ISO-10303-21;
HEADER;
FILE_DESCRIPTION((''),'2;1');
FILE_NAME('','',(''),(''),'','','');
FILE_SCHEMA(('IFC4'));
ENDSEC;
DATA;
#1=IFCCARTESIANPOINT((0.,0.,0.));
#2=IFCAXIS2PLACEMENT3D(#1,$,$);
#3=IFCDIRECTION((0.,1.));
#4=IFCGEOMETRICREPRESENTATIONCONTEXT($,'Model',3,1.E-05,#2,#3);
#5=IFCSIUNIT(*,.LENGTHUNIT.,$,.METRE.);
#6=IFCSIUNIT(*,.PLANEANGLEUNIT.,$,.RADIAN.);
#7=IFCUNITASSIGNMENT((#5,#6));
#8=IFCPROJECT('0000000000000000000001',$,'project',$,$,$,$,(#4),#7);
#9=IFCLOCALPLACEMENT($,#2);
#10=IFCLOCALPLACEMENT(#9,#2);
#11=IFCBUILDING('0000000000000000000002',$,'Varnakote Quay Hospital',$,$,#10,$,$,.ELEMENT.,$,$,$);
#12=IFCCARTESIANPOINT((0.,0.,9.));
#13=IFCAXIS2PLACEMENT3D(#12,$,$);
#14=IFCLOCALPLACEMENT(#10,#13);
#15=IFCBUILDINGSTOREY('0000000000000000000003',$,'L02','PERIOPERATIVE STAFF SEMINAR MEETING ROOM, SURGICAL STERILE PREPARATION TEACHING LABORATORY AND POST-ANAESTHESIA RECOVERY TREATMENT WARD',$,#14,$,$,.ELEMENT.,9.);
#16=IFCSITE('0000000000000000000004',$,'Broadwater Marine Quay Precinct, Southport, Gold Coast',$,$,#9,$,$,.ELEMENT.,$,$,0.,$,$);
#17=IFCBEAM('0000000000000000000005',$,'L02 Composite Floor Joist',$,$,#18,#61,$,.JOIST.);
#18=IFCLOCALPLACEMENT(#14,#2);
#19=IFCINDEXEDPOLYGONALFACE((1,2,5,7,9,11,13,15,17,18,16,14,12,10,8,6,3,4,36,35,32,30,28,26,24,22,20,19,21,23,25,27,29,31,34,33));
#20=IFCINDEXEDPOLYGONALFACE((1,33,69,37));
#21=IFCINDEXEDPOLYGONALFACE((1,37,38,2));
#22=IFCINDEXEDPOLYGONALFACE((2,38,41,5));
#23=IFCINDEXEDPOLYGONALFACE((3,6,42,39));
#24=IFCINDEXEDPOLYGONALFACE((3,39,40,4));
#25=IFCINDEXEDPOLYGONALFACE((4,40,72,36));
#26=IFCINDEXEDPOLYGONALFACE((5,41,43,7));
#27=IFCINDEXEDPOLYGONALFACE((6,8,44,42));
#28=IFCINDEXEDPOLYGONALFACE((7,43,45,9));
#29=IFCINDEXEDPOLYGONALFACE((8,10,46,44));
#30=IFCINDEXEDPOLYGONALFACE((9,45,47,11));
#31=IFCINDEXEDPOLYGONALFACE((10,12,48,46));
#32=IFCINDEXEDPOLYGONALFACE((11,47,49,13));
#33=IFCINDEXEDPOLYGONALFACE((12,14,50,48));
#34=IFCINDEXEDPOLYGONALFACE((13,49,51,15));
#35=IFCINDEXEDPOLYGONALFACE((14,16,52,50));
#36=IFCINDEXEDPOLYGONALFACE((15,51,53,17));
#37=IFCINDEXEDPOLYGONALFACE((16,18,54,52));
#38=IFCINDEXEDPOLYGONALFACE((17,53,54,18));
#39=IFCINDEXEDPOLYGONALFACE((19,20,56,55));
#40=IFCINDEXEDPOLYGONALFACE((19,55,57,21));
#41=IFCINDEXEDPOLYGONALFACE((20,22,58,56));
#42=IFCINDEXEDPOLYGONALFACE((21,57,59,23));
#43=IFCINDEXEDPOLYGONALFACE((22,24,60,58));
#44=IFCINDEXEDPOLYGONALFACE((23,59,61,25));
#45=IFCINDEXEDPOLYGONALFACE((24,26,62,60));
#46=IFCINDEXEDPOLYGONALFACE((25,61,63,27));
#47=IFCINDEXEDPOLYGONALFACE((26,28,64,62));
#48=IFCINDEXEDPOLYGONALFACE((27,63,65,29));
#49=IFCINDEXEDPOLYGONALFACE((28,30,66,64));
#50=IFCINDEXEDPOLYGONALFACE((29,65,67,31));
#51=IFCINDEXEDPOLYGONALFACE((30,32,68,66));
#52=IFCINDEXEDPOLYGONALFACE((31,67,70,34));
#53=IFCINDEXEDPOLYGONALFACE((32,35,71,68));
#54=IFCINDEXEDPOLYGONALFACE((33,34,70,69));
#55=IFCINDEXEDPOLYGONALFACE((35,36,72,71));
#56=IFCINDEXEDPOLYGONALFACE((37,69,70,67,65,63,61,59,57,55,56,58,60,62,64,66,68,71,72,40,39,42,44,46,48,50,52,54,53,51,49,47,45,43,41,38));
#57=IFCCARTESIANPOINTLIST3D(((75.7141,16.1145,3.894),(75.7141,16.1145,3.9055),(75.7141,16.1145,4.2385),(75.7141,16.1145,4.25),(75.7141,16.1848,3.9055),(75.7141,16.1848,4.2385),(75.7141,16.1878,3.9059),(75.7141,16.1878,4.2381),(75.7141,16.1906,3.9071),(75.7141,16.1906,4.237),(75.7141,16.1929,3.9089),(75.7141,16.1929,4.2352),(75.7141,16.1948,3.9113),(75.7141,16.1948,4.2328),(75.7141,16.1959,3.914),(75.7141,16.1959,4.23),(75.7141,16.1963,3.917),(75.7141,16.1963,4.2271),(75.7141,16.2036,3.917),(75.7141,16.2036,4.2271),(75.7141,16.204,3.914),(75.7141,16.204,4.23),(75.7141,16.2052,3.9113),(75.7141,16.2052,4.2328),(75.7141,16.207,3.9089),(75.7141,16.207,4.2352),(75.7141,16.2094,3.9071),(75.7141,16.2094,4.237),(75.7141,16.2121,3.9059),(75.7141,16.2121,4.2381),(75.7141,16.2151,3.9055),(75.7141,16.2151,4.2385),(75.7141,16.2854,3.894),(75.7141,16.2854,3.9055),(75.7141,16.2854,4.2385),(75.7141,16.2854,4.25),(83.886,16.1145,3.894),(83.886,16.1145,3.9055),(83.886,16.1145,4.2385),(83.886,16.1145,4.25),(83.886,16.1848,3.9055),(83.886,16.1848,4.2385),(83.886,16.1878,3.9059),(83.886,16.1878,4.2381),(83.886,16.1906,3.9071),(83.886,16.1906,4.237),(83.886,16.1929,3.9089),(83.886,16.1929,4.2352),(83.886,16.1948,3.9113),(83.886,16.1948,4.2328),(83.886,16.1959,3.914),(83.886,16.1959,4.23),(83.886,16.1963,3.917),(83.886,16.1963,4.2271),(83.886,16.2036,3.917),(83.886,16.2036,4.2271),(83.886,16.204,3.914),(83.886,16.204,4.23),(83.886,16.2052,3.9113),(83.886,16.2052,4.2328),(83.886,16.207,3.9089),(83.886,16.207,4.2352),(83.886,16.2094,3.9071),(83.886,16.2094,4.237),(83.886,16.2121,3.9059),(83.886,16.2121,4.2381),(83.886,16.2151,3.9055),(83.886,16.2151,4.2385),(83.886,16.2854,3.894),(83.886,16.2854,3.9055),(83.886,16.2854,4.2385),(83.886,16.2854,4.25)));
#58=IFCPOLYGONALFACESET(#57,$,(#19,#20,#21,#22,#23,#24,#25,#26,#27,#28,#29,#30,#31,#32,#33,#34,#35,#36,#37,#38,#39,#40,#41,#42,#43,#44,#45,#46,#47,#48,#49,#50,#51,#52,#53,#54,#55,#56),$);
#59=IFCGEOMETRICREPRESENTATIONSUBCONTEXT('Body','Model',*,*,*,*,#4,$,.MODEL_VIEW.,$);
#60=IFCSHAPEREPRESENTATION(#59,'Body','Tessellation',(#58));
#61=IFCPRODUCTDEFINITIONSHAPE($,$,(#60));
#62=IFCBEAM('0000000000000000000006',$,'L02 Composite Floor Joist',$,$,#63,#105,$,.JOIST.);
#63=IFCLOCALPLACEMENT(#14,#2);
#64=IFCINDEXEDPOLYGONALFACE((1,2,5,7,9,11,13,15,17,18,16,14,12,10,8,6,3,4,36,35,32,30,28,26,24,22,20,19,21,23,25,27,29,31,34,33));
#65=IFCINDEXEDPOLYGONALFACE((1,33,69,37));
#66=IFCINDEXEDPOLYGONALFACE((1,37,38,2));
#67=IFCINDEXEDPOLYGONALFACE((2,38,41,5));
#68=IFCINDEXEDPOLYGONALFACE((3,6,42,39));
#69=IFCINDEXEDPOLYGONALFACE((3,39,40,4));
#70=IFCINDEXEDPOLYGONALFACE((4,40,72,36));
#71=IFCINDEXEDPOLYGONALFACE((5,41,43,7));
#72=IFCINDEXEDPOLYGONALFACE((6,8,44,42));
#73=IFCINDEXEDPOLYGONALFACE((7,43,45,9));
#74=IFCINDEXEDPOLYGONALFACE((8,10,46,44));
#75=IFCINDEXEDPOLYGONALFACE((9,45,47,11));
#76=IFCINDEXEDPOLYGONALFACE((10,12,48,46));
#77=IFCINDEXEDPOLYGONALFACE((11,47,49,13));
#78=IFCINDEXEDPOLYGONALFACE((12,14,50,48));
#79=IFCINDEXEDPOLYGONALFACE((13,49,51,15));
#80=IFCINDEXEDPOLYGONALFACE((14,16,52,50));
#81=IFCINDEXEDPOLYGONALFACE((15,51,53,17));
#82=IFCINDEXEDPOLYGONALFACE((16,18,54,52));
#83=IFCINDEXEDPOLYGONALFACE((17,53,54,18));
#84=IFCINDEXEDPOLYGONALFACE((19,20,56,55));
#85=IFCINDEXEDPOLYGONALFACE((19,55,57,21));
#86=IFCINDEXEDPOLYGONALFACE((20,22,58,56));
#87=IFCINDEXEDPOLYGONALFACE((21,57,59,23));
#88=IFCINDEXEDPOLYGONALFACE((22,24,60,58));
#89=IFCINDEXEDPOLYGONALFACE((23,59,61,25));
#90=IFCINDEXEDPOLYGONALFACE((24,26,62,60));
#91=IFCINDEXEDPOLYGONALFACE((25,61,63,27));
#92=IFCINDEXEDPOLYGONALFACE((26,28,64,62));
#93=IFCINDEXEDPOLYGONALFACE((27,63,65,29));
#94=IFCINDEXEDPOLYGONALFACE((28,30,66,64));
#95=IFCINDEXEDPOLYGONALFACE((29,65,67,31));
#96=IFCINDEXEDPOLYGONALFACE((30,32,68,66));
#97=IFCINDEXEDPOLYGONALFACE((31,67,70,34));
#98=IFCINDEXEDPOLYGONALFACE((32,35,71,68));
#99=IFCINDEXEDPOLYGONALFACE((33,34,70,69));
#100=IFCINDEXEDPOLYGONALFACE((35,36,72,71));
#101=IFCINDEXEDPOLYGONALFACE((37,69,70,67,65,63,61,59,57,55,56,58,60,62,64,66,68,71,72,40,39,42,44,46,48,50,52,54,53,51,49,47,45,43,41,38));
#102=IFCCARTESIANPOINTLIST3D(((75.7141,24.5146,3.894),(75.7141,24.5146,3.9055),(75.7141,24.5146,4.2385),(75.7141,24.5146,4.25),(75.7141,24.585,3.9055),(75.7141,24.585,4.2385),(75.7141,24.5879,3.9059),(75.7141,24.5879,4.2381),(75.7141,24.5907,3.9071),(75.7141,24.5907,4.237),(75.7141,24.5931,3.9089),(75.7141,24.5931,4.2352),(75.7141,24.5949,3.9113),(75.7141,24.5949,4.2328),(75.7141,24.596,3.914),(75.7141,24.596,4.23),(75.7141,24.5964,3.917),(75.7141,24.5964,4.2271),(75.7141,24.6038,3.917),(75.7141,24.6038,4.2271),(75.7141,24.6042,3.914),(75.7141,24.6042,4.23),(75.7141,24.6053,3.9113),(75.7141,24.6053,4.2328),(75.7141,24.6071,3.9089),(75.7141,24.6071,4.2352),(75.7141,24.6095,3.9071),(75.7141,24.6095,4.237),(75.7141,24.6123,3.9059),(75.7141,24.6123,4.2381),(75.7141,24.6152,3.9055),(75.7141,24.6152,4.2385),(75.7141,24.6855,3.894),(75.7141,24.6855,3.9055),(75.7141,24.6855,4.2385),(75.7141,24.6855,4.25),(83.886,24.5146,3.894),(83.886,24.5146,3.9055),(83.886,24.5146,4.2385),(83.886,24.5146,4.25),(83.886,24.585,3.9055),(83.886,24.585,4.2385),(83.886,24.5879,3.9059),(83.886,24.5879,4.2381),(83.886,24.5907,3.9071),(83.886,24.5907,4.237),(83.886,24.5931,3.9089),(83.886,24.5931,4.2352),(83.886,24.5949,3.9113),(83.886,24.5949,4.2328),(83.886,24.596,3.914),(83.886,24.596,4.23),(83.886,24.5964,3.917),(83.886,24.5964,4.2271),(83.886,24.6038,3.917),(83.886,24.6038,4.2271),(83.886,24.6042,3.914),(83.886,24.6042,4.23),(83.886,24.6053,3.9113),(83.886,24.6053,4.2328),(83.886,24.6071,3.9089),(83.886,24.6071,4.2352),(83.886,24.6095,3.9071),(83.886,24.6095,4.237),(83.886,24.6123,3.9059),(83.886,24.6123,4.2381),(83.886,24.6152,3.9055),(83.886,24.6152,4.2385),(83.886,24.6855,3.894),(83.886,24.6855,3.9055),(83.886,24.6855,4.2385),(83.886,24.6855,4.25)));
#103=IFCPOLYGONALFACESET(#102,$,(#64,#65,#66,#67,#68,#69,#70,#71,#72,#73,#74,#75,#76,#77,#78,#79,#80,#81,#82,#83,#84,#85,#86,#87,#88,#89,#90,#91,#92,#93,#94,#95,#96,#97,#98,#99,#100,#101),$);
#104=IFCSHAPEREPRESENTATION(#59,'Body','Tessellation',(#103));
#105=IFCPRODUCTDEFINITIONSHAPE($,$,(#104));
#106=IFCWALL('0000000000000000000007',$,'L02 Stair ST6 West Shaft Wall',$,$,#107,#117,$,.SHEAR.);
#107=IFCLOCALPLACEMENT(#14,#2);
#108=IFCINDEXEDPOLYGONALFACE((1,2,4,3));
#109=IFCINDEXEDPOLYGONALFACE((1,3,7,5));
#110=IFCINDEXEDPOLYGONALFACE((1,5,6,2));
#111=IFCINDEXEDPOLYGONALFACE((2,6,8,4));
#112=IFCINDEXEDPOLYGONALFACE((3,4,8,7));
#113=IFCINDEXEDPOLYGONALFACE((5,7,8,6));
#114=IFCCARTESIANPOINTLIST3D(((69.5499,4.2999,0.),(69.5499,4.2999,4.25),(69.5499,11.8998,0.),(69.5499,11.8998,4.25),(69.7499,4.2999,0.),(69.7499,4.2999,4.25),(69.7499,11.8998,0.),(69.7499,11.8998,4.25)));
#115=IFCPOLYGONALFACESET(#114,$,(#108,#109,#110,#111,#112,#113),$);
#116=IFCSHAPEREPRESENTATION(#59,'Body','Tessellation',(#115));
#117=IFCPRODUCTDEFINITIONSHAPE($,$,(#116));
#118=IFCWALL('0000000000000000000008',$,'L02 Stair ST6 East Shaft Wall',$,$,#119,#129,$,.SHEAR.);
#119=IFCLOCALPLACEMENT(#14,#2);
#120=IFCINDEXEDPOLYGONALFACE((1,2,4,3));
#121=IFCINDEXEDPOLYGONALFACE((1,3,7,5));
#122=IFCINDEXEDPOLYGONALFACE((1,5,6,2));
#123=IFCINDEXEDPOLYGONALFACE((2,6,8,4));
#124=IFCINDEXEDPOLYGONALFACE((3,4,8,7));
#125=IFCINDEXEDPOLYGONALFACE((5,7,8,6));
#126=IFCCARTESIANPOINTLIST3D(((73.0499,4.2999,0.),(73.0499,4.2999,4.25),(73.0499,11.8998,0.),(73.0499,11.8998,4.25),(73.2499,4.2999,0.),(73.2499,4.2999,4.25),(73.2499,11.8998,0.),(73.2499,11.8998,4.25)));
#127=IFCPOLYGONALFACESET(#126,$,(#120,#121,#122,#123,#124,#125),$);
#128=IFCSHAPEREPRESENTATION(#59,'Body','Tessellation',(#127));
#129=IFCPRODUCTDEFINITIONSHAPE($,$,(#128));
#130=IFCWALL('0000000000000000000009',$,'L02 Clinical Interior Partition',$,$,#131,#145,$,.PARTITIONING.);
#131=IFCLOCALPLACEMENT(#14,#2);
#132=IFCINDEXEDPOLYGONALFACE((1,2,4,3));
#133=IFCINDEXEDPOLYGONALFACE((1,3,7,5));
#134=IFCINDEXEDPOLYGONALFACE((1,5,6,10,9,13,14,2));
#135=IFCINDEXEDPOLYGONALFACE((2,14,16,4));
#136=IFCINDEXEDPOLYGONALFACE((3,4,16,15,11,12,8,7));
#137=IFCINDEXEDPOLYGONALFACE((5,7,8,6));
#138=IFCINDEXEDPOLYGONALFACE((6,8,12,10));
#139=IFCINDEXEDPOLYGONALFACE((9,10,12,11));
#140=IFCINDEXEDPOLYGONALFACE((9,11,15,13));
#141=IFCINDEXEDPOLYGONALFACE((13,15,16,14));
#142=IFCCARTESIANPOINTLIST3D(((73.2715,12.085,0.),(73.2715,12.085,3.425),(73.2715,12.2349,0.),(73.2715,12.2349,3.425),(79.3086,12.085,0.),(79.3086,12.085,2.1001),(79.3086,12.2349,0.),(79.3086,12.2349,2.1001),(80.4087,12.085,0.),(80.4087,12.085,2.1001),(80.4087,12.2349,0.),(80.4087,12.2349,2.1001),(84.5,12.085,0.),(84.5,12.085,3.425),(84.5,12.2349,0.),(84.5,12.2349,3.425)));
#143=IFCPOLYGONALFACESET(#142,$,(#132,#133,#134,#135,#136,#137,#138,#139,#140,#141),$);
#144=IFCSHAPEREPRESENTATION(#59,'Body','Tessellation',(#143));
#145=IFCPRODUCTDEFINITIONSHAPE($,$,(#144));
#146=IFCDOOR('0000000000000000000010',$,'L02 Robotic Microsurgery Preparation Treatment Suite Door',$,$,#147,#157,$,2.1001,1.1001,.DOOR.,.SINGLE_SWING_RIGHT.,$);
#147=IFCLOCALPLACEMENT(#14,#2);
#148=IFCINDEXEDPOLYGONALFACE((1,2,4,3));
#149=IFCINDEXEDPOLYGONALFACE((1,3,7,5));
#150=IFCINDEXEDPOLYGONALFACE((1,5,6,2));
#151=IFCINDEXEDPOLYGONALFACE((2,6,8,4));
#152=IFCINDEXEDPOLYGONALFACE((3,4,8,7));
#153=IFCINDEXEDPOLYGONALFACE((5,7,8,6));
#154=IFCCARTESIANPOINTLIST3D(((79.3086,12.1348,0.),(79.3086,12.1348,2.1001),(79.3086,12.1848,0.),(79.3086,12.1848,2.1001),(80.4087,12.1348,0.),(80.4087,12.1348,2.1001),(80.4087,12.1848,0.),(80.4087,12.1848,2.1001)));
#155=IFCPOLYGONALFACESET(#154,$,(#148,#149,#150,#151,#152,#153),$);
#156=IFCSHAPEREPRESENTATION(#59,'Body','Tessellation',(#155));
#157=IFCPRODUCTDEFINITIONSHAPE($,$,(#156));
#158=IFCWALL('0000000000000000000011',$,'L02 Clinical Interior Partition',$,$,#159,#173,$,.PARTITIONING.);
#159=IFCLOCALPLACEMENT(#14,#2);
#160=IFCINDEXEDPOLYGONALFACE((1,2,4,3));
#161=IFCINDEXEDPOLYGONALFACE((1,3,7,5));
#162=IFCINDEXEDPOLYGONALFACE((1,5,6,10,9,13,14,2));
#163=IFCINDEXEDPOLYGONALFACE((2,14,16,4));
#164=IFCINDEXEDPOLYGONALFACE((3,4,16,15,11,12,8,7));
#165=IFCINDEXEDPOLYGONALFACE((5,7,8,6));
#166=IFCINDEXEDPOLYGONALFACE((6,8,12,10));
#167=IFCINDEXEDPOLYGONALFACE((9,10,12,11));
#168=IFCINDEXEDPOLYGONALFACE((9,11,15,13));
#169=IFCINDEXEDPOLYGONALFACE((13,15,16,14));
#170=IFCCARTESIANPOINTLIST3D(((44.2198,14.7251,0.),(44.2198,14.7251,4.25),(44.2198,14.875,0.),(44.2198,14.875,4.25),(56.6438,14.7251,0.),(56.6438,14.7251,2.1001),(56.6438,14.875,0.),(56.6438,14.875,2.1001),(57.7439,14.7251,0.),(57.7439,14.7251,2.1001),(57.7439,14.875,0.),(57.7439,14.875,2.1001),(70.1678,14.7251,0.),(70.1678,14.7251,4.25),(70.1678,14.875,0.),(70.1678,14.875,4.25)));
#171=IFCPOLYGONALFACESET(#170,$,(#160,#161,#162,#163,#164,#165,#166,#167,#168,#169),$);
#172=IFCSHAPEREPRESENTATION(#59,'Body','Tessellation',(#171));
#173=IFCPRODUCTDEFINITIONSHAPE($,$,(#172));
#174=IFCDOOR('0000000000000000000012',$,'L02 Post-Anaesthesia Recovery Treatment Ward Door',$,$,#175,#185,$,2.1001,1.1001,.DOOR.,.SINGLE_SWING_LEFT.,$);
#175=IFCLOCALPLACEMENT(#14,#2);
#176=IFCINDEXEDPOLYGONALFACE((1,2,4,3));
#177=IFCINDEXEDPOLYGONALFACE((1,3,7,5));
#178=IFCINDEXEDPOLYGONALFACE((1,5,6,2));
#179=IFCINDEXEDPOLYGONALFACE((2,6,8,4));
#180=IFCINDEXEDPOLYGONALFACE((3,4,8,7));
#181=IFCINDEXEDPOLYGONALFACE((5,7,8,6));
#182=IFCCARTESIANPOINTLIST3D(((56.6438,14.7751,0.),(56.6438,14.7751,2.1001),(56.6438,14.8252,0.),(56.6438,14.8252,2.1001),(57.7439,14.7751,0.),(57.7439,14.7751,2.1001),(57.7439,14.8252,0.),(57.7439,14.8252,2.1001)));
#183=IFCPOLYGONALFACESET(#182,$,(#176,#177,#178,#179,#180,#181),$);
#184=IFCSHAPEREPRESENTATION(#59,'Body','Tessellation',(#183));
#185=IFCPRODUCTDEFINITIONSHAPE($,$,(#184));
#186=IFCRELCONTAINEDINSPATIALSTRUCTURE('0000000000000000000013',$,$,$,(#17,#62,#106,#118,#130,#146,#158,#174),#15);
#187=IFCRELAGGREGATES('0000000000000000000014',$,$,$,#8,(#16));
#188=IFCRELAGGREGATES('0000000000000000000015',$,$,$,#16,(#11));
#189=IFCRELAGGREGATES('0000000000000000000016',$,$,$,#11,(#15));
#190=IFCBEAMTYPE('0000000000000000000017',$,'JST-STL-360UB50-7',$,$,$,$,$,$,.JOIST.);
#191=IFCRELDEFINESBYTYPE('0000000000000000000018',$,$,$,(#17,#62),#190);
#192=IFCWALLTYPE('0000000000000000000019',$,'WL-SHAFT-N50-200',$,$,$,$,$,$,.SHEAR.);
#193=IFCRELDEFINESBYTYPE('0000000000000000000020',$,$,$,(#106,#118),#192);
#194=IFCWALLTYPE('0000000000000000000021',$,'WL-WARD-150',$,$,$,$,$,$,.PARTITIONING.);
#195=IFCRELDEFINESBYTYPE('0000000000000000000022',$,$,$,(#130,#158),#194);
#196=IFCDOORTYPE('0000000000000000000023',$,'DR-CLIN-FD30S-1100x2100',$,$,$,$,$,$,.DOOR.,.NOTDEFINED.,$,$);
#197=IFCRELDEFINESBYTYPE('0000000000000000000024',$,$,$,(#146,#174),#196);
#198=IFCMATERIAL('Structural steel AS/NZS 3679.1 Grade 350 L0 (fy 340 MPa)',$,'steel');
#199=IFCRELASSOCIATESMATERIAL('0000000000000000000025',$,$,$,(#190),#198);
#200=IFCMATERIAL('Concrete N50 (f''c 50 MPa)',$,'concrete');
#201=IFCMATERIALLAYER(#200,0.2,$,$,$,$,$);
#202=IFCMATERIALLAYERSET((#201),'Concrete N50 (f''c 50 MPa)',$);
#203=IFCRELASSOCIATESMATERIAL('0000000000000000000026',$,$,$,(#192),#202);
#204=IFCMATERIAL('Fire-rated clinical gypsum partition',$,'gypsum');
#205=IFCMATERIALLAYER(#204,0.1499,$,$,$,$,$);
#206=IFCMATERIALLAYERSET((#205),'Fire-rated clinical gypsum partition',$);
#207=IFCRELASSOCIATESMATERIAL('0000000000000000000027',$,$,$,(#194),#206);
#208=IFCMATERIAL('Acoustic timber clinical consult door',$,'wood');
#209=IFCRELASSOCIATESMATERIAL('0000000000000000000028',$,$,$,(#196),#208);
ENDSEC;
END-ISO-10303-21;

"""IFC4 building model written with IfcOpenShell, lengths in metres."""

from ifc_helpers import new_model, si_unit, direction, frame, frame_2d, origin, origin_2d, place, context, subcontext, project, spatial, rectangle, i_section, extrude, material, layer, layer_set, material_profile, profile_set, type_object, element, fill, save


model = new_model("IFC4")

# Units and contexts
model_context = context("Model", 3, precision=1e-05, world=origin(), true_north=direction((0.0, 1.0)))
body_context = subcontext(model_context, "Body", "Model", "MODEL_VIEW")
ifc_project = project(units=[si_unit("LENGTHUNIT", "METRE"), si_unit("PLANEANGLEUNIT", "RADIAN")], contexts=[model_context])

# Site, building, storey
site_placement = place(None, origin())
site = spatial("IfcSite", under=ifc_project, at=site_placement, Name="Broadwater Marine Quay Precinct, Southport, Gold Coast", CompositionType="ELEMENT", RefElevation=0.0)
building_placement = place(site_placement, origin())
building = spatial("IfcBuilding", under=site, at=building_placement, Name="Varnakote Quay Hospital", CompositionType="ELEMENT")
storey_placement = place(building_placement, frame((0.0, 0.0, 9.0)))
storey = spatial("IfcBuildingStorey", under=building, at=storey_placement, Name="L02", Description="PERIOPERATIVE STAFF SEMINAR MEETING ROOM, SURGICAL STERILE PREPARATION TEACHING LABORATORY AND POST-ANAESTHESIA RECOVERY TREATMENT WARD", CompositionType="ELEMENT", Elevation=9.0)

# Beams
ifc_material_1 = material(Name="Structural steel AS/NZS 3679.1 Grade 350 L0 (fy 340 MPa)", Category="steel")
ifc_material_profile_1 = material_profile(ifc_material_1, i_section(OverallWidth=0.1709, OverallDepth=0.356, WebThickness=0.0073, FlangeThickness=0.0115, FilletRadius=0.0115, at=origin_2d()), Name="360UB50.7")
ifc_profile_set_1 = profile_set([ifc_material_profile_1], Name="Structural steel AS/NZS 3679.1 Grade 350 L0 (fy 340 MPa)")
beam_type_1 = type_object("IfcBeamType", Name="JST-STL-360UB50-7", PredefinedType="JOIST", material=ifc_profile_set_1)
for number, where, z_axis, x_axis, name in (
    (1, (75.7141, 16.2, 4.072), (1.0, 0.0, 0.0), (0.0, 1.0, 0.0), "L02 Composite Floor Joist"),
    (2, (75.7141, 24.6001, 4.072), (1.0, 0.0, 0.0), (0.0, 1.0, 0.0), "L02 Composite Floor Joist"),
):
    element("IfcBeam", number, at=place(storey_placement, frame(where, z_axis=z_axis, x_axis=x_axis)), inside=storey, type_object=beam_type_1, Name=name, PredefinedType="JOIST", context=body_context, shape_type="SweptSolid", body=[
        extrude(i_section(OverallWidth=0.1709, OverallDepth=0.356, WebThickness=0.0073, FlangeThickness=0.0115, FilletRadius=0.0115, at=origin_2d()), origin(), (0.0, 0.0, 1.0), 8.1719),
    ])

# Walls
ifc_material_2 = material(Name="Concrete N50 (f'c 50 MPa)", Category="concrete")
ifc_layer_1 = layer(ifc_material_2, 0.2)
ifc_layer_set_1 = layer_set([ifc_layer_1], Name="Concrete N50 (f'c 50 MPa)")
wall_type_1 = type_object("IfcWallType", Name="WL-SHAFT-N50-200", PredefinedType="SHEAR", material=ifc_layer_set_1)
for number, where, z_axis, x_axis, name in (
    (3, (69.6499, 4.3, 0.0), (0.0, 0.0, 1.0), (0.0, 1.0, 0.0), "L02 Stair ST6 West Shaft Wall"),
    (4, (73.1499, 4.3, 0.0), (0.0, 0.0, 1.0), (0.0, 1.0, 0.0), "L02 Stair ST6 East Shaft Wall"),
):
    element("IfcWall", number, at=place(storey_placement, frame(where, z_axis=z_axis, x_axis=x_axis)), inside=storey, type_object=wall_type_1, Name=name, PredefinedType="SHEAR", context=body_context, shape_type="SweptSolid", body=[
        extrude(rectangle(XDim=7.5999, YDim=0.2, at=frame_2d((3.7998, 0.0))), origin(), (0.0, 0.0, 1.0), 4.25),
    ])

# Walls, openings, doors
ifc_material_3 = material(Name="Fire-rated clinical gypsum partition", Category="gypsum")
ifc_layer_2 = layer(ifc_material_3, 0.1499)
ifc_layer_set_2 = layer_set([ifc_layer_2], Name="Fire-rated clinical gypsum partition")
wall_type_2 = type_object("IfcWallType", Name="WL-WARD-150", PredefinedType="PARTITIONING", material=ifc_layer_set_2)
wall_1_placement = place(storey_placement, frame((73.2715, 12.1599, 0.0), z_axis=(0.0, 0.0, 1.0), x_axis=(1.0, 0.0, 0.0)))
wall_1 = element("IfcWall", 5, at=wall_1_placement, inside=storey, type_object=wall_type_2, Name="L02 Clinical Interior Partition", PredefinedType="PARTITIONING", context=body_context, shape_type="SweptSolid", body=[
    extrude(rectangle(XDim=11.2285, YDim=0.1499, at=frame_2d((5.6143, 0.0))), origin(), (0.0, 0.0, 1.0), 3.425),
])
opening_1_placement = place(wall_1_placement, frame((6.0371, 0.0, 0.0)))
opening_1 = element("IfcOpeningElement", 6, at=opening_1_placement, cuts=wall_1, PredefinedType="OPENING", context=body_context, shape_type="SweptSolid", body=[
    extrude(rectangle(XDim=1.1001, YDim=2.1001, at=frame_2d((0.55, 1.05))), frame((0.0, 0.085, 0.0), z_axis=(0.0, -1.0, 0.0), x_axis=(1.0, 0.0, 0.0)), (0.0, 0.0, 1.0), 0.1699),
])
ifc_material_4 = material(Name="Acoustic timber clinical consult door", Category="wood")
door_type = type_object("IfcDoorType", Name="DR-CLIN-FD30S-1100x2100", OperationType="NOTDEFINED", PredefinedType="DOOR", material=ifc_material_4)
door_1_placement = place(opening_1_placement, origin())
door_1 = element("IfcDoor", 7, at=door_1_placement, inside=storey, type_object=door_type, Name="L02 Robotic Microsurgery Preparation Treatment Suite Door", OperationType="SINGLE_SWING_RIGHT", OverallHeight=2.1001, OverallWidth=1.1001, PredefinedType="DOOR", context=body_context, shape_type="SweptSolid", body=[
    extrude(rectangle(XDim=1.1001, YDim=2.1001, at=frame_2d((0.55, 1.05))), frame((0.0, 0.0249, 0.0), z_axis=(0.0, -1.0, 0.0), x_axis=(1.0, 0.0, 0.0)), (0.0, 0.0, 1.0), 0.05),
])
fill(opening_1, door_1)
wall_2_placement = place(storey_placement, frame((70.168, 14.8, 0.0), z_axis=(0.0, 0.0, 1.0), x_axis=(-1.0, 0.0, 0.0)))
wall_2 = element("IfcWall", 8, at=wall_2_placement, inside=storey, type_object=wall_type_2, Name="L02 Clinical Interior Partition", PredefinedType="PARTITIONING", context=body_context, shape_type="SweptSolid", body=[
    extrude(rectangle(XDim=25.948, YDim=0.1499, at=frame_2d((12.9741, 0.0))), origin(), (0.0, 0.0, 1.0), 4.25),
])
opening_2_placement = place(wall_2_placement, frame((12.4241, 0.0, 0.0)))
opening_2 = element("IfcOpeningElement", 9, at=opening_2_placement, cuts=wall_2, PredefinedType="OPENING", context=body_context, shape_type="SweptSolid", body=[
    extrude(rectangle(XDim=1.1001, YDim=2.1001, at=frame_2d((0.55, 1.05))), frame((0.0, 0.085, 0.0), z_axis=(0.0, -1.0, 0.0), x_axis=(1.0, 0.0, 0.0)), (0.0, 0.0, 1.0), 0.1699),
])
door_2_placement = place(opening_2_placement, origin())
door_2 = element("IfcDoor", 10, at=door_2_placement, inside=storey, type_object=door_type, Name="L02 Post-Anaesthesia Recovery Treatment Ward Door", OperationType="SINGLE_SWING_LEFT", OverallHeight=2.1001, OverallWidth=1.1001, PredefinedType="DOOR", context=body_context, shape_type="SweptSolid", body=[
    extrude(rectangle(XDim=1.1001, YDim=2.1001, at=frame_2d((0.55, 1.05))), frame((0.0, 0.0249, 0.0), z_axis=(0.0, -1.0, 0.0), x_axis=(1.0, 0.0, 0.0)), (0.0, 0.0, 1.0), 0.05),
])
fill(opening_2, door_2)

save(model, "model.ifc")
